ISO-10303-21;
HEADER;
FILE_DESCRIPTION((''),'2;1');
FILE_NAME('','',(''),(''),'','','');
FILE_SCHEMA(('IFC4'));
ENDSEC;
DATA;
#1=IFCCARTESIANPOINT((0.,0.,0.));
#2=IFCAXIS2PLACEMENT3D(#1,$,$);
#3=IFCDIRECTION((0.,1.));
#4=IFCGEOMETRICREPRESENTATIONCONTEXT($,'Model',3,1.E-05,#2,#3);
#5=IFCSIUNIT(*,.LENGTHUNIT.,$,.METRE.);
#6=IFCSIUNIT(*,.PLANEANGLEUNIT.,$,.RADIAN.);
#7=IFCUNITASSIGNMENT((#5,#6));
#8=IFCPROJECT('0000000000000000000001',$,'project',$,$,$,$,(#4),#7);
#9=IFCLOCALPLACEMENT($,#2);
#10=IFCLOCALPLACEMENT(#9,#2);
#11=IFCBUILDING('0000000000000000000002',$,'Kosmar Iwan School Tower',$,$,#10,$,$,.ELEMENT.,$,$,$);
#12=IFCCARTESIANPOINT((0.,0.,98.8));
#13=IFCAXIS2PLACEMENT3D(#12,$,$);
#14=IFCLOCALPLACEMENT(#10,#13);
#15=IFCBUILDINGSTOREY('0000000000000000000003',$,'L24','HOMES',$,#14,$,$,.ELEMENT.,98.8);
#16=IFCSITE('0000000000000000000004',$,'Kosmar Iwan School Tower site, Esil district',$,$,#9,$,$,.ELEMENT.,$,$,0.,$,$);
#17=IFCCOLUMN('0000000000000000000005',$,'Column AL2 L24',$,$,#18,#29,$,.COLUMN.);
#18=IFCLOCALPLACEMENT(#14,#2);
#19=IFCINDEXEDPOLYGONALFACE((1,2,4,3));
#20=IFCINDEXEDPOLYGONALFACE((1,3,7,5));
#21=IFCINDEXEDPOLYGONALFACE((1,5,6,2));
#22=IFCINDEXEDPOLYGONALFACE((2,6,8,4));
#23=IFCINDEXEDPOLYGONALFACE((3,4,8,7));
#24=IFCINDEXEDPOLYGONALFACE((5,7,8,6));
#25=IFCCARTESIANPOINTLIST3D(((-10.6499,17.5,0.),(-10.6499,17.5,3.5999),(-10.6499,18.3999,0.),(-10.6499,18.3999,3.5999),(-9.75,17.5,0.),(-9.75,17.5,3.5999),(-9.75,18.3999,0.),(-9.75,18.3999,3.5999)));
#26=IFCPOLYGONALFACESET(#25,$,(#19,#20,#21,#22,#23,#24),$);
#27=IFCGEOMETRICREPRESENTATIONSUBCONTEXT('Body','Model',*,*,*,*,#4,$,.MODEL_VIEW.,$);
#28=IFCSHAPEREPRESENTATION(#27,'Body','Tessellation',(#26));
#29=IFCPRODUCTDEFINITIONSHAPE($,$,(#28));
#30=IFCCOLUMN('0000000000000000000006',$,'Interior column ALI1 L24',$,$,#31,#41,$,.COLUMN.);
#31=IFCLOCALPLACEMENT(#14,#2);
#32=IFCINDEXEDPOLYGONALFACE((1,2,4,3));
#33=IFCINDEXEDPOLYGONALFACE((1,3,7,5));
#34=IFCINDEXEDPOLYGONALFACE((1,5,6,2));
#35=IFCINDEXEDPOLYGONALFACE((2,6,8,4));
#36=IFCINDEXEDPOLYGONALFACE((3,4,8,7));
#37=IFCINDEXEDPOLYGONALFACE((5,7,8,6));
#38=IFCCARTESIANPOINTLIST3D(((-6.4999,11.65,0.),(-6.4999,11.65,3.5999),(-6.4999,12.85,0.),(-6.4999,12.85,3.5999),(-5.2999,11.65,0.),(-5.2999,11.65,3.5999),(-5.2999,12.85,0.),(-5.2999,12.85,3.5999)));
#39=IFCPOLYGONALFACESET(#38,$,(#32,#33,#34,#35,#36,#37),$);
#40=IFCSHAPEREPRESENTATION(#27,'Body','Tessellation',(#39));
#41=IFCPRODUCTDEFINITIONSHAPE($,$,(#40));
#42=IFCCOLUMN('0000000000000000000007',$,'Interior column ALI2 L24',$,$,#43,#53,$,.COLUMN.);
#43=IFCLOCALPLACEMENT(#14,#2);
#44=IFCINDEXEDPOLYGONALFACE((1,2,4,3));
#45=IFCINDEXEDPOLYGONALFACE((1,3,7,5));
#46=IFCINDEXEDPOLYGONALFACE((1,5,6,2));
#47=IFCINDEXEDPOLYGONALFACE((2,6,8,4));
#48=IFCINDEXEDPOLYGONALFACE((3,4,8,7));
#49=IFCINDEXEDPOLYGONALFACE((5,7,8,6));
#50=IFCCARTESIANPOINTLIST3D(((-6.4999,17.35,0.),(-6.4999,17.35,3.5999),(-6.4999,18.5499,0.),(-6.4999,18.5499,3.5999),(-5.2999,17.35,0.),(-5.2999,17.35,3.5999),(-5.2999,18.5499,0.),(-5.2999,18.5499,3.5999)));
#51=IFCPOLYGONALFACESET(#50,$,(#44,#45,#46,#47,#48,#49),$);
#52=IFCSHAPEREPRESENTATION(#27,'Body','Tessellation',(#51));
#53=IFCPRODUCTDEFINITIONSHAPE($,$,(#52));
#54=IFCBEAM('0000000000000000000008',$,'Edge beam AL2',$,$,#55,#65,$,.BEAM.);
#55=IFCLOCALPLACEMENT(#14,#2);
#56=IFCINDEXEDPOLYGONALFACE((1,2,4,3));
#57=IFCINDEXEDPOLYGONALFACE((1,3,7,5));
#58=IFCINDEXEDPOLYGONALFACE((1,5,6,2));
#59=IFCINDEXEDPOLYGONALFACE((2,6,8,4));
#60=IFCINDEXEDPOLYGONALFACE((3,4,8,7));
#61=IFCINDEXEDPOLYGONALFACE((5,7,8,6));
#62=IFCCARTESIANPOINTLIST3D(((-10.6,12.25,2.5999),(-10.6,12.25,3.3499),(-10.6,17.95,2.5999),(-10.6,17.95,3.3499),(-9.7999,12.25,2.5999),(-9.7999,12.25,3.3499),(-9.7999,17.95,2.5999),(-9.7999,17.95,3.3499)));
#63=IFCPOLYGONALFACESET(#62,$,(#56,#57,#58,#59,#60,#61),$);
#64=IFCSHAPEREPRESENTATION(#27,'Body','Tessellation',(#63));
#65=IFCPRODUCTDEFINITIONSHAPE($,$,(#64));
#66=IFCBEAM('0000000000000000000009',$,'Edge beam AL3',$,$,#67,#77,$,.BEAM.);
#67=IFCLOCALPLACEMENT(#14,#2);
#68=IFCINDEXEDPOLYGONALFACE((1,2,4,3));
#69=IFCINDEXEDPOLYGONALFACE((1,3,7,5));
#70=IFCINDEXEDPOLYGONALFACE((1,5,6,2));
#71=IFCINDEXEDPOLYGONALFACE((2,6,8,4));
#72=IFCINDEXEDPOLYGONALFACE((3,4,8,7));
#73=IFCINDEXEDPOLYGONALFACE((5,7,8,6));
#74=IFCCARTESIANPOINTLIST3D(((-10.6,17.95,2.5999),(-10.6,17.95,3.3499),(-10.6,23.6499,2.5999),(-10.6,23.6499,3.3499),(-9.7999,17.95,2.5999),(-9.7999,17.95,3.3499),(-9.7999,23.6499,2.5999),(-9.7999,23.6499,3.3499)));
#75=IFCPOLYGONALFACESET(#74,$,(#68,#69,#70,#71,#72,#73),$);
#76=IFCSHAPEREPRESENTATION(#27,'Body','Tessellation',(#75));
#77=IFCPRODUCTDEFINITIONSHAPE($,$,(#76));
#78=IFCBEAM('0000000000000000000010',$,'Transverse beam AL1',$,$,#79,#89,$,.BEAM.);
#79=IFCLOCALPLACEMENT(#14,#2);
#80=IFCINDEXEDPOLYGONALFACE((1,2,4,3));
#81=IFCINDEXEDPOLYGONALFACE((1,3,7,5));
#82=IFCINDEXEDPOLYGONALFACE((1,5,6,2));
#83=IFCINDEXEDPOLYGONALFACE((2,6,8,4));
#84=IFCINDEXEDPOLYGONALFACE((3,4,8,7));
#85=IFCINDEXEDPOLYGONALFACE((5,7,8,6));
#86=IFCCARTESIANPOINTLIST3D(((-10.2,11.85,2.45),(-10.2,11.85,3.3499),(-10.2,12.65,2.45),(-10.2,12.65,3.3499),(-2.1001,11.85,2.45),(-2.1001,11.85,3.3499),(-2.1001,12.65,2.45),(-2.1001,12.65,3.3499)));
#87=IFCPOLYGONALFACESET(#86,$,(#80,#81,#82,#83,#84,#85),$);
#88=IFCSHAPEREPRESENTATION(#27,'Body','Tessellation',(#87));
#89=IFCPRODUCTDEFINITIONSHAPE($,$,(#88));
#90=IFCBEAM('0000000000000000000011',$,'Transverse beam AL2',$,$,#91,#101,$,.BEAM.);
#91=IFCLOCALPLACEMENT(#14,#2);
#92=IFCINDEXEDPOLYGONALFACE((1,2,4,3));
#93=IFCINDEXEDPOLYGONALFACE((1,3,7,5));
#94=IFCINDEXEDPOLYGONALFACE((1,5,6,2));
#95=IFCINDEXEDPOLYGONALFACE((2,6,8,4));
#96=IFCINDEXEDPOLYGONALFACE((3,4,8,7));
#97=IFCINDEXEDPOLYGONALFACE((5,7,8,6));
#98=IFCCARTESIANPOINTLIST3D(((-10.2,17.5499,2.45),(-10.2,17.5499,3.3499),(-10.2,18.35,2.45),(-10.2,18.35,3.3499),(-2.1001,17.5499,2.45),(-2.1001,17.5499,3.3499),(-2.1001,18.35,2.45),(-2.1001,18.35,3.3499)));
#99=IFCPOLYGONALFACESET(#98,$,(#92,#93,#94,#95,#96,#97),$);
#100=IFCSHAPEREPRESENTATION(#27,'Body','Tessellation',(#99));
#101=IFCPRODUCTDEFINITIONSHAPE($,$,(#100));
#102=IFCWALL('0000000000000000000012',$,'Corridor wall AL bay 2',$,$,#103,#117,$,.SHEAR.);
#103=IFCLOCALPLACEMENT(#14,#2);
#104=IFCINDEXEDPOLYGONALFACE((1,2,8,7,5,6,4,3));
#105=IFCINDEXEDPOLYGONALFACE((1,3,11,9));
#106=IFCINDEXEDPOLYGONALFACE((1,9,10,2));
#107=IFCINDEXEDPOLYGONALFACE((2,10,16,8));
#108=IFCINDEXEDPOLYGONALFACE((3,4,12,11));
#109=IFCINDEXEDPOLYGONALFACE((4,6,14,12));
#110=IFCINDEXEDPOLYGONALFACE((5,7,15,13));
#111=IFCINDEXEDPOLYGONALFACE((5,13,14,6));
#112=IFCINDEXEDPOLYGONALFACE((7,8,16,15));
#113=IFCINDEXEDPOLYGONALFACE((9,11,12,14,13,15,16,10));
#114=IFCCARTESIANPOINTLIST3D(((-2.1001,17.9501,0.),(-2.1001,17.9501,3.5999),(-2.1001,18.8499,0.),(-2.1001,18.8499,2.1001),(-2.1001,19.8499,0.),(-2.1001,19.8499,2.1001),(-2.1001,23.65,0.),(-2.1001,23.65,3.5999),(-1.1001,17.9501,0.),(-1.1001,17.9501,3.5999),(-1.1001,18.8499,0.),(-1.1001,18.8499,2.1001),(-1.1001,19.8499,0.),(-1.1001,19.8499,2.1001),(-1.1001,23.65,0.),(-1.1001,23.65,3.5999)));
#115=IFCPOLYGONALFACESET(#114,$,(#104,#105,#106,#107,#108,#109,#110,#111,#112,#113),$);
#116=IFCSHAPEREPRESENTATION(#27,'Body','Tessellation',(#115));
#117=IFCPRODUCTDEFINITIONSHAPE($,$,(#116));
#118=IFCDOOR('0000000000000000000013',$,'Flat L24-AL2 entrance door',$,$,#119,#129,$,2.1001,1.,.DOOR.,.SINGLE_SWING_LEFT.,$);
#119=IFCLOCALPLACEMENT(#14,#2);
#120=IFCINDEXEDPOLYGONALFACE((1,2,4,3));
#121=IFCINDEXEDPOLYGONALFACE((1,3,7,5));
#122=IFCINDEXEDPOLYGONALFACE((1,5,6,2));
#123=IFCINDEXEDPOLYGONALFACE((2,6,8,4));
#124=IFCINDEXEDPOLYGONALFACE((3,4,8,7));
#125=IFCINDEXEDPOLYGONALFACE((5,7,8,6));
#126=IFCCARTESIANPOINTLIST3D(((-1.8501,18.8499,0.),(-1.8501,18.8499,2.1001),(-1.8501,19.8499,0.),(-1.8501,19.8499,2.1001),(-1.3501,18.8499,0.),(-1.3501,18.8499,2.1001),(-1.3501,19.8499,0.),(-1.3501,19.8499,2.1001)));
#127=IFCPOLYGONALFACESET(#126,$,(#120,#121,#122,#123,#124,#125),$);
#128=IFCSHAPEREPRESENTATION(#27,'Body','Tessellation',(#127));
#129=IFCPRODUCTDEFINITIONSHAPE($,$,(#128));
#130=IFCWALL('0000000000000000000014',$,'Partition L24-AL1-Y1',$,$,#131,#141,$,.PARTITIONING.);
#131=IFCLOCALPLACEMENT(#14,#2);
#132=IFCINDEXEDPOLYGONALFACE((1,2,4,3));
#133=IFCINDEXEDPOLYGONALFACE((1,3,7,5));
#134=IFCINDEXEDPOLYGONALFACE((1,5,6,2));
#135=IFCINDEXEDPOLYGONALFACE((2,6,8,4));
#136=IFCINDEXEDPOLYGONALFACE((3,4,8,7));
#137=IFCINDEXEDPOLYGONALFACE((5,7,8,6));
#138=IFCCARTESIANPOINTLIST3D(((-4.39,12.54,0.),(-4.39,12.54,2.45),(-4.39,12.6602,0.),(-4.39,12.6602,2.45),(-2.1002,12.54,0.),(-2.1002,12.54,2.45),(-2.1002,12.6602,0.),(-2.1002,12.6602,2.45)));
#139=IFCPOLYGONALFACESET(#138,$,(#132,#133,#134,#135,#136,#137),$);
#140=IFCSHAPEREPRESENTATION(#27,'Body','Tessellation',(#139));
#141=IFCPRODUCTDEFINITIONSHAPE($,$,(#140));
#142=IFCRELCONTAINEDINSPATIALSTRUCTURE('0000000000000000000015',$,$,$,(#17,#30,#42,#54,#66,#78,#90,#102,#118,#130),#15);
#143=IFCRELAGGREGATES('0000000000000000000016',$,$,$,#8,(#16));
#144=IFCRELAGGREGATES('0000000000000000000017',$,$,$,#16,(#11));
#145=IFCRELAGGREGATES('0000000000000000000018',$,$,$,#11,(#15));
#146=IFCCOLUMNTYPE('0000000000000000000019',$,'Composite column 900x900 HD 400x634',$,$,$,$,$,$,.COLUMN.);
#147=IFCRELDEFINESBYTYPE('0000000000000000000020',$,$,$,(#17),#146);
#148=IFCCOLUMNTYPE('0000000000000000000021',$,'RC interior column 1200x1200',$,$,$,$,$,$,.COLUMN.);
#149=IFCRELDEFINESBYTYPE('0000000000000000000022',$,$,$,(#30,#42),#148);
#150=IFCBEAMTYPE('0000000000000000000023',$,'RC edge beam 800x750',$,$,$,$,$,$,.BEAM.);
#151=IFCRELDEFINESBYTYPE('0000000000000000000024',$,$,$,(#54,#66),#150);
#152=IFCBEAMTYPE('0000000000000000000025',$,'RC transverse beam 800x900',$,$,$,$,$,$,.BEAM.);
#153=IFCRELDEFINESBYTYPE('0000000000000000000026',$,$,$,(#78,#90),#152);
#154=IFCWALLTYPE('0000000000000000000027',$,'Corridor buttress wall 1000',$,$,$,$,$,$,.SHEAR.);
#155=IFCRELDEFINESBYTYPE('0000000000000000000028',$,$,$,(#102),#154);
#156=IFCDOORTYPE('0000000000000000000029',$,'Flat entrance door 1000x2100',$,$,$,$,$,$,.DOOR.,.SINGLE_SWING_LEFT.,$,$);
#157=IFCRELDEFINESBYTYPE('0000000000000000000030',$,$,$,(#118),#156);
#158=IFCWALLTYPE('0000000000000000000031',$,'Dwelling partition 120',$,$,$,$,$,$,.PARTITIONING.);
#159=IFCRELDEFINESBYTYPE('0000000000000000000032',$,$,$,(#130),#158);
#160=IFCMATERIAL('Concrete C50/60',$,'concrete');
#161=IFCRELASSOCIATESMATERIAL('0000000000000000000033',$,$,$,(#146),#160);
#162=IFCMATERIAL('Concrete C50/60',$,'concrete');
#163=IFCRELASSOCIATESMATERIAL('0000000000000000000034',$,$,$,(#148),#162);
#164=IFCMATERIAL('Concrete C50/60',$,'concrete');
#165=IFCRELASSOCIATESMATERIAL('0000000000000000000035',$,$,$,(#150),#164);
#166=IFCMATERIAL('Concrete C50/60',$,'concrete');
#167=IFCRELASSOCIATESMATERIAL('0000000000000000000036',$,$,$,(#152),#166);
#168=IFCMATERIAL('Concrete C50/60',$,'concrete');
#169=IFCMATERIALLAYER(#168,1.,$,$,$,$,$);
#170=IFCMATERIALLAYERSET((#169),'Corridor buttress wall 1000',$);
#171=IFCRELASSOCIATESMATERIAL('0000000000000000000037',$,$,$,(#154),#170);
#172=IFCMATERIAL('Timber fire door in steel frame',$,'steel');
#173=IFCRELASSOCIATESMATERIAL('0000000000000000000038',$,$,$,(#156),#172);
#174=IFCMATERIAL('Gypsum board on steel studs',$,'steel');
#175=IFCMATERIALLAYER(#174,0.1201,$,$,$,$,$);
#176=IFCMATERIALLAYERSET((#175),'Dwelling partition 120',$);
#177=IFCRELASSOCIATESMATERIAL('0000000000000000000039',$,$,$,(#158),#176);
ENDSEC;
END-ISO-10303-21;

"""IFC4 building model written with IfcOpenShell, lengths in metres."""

from ifc_helpers import new_model, si_unit, direction, frame, frame_2d, origin, origin_2d, place, context, subcontext, project, spatial, rectangle, extrude, material, layer, layer_set, material_profile, profile_set, type_object, element, fill, save


model = new_model("IFC4")

# Units and contexts
model_context = context("Model", 3, precision=1e-05, world=origin(), true_north=direction((0.0, 1.0)))
body_context = subcontext(model_context, "Body", "Model", "MODEL_VIEW")
ifc_project = project(units=[si_unit("LENGTHUNIT", "METRE"), si_unit("PLANEANGLEUNIT", "RADIAN")], contexts=[model_context])

# Site, building, storey
site_placement = place(None, origin())
site = spatial("IfcSite", under=ifc_project, at=site_placement, Name="Kosmar Iwan School Tower site, Esil district", CompositionType="ELEMENT", RefElevation=0.0)
building_placement = place(site_placement, origin())
building = spatial("IfcBuilding", under=site, at=building_placement, Name="Kosmar Iwan School Tower", CompositionType="ELEMENT")
storey_placement = place(building_placement, frame((0.0, 0.0, 98.8)))
storey = spatial("IfcBuildingStorey", under=building, at=storey_placement, Name="L24", Description="HOMES", CompositionType="ELEMENT", Elevation=98.8)

# Columns
ifc_material_1 = material(Name="Concrete C50/60", Category="concrete")
ifc_material_profile_1 = material_profile(ifc_material_1, rectangle(XDim=0.8999, YDim=0.8999, at=origin_2d()), Name="RC 900x900 + HD 400x634")
ifc_profile_set_1 = profile_set([ifc_material_profile_1], Name="Concrete C50/60")
column_type_1 = type_object("IfcColumnType", Name="Composite column 900x900 HD 400x634", PredefinedType="COLUMN", material=ifc_profile_set_1)
column_placement = place(storey_placement, frame((-10.2, 17.95, 0.0), z_axis=(0.0, 0.0, 1.0), x_axis=(0.0, 1.0, 0.0)))
element("IfcColumn", 1, at=column_placement, inside=storey, type_object=column_type_1, Name="Column AL2 L24", PredefinedType="COLUMN", context=body_context, shape_type="SweptSolid", body=[
    extrude(rectangle(XDim=0.8999, YDim=0.8999, at=origin_2d()), origin(), (0.0, 0.0, 1.0), 3.5999),
])
ifc_material_2 = material(Name="Concrete C50/60", Category="concrete")
ifc_material_profile_2 = material_profile(ifc_material_2, rectangle(XDim=1.2, YDim=1.2, at=origin_2d()), Name="RC 1200x1200")
ifc_profile_set_2 = profile_set([ifc_material_profile_2], Name="Concrete C50/60")
column_type_2 = type_object("IfcColumnType", Name="RC interior column 1200x1200", PredefinedType="COLUMN", material=ifc_profile_set_2)
for number, where, z_axis, x_axis, name in (
    (2, (-5.8999, 12.25, 0.0), (0.0, 0.0, 1.0), (0.0, 1.0, 0.0), "Interior column ALI1 L24"),
    (3, (-5.8999, 17.95, 0.0), (0.0, 0.0, 1.0), (0.0, 1.0, 0.0), "Interior column ALI2 L24"),
):
    element("IfcColumn", number, at=place(storey_placement, frame(where, z_axis=z_axis, x_axis=x_axis)), inside=storey, type_object=column_type_2, Name=name, PredefinedType="COLUMN", context=body_context, shape_type="SweptSolid", body=[
        extrude(rectangle(XDim=1.2, YDim=1.2, at=origin_2d()), origin(), (0.0, 0.0, 1.0), 3.5999),
    ])

# Beams
ifc_material_3 = material(Name="Concrete C50/60", Category="concrete")
ifc_material_profile_3 = material_profile(ifc_material_3, rectangle(XDim=0.8, YDim=0.75, at=origin_2d()), Name="RC 800x750")
ifc_profile_set_3 = profile_set([ifc_material_profile_3], Name="Concrete C50/60")
beam_type_1 = type_object("IfcBeamType", Name="RC edge beam 800x750", PredefinedType="BEAM", material=ifc_profile_set_3)
for number, where, z_axis, x_axis, name in (
    (4, (-10.2, 12.25, 2.9749), (0.0, 1.0, 0.0), (-1.0, 0.0, 0.0), "Edge beam AL2"),
    (5, (-10.2, 17.95, 2.9749), (0.0, 1.0, 0.0), (-1.0, 0.0, 0.0), "Edge beam AL3"),
):
    element("IfcBeam", number, at=place(storey_placement, frame(where, z_axis=z_axis, x_axis=x_axis)), inside=storey, type_object=beam_type_1, Name=name, PredefinedType="BEAM", context=body_context, shape_type="SweptSolid", body=[
        extrude(rectangle(XDim=0.8, YDim=0.75, at=origin_2d()), origin(), (0.0, 0.0, 1.0), 5.7),
    ])
ifc_material_4 = material(Name="Concrete C50/60", Category="concrete")
ifc_material_profile_4 = material_profile(ifc_material_4, rectangle(XDim=0.8, YDim=0.8999, at=origin_2d()), Name="RC 800x900")
ifc_profile_set_4 = profile_set([ifc_material_profile_4], Name="Concrete C50/60")
beam_type_2 = type_object("IfcBeamType", Name="RC transverse beam 800x900", PredefinedType="BEAM", material=ifc_profile_set_4)
for number, where, z_axis, x_axis, name in (
    (6, (-10.2, 12.25, 2.8999), (1.0, 0.0, 0.0), (0.0, 1.0, 0.0), "Transverse beam AL1"),
    (7, (-10.2, 17.95, 2.8999), (1.0, 0.0, 0.0), (0.0, 1.0, 0.0), "Transverse beam AL2"),
):
    element("IfcBeam", number, at=place(storey_placement, frame(where, z_axis=z_axis, x_axis=x_axis)), inside=storey, type_object=beam_type_2, Name=name, PredefinedType="BEAM", context=body_context, shape_type="SweptSolid", body=[
        extrude(rectangle(XDim=0.8, YDim=0.8999, at=origin_2d()), origin(), (0.0, 0.0, 1.0), 8.0999),
    ])

# Wall, opening, door
ifc_material_5 = material(Name="Concrete C50/60", Category="concrete")
ifc_layer_1 = layer(ifc_material_5, 1.0)
ifc_layer_set_1 = layer_set([ifc_layer_1], Name="Corridor buttress wall 1000")
wall_type_1 = type_object("IfcWallType", Name="Corridor buttress wall 1000", PredefinedType="SHEAR", material=ifc_layer_set_1)
wall_1_placement = place(storey_placement, frame((-1.6001, 17.95, 0.0), z_axis=(0.0, 0.0, 1.0), x_axis=(0.0, 1.0, 0.0)))
wall_1 = element("IfcWall", 8, at=wall_1_placement, inside=storey, type_object=wall_type_1, Name="Corridor wall AL bay 2", PredefinedType="SHEAR", context=body_context, shape_type="SweptSolid", body=[
    extrude(rectangle(XDim=5.7, YDim=1.0, at=frame_2d((2.8501, 0.0))), origin(), (0.0, 0.0, 1.0), 3.5999),
])
opening_1_placement = place(wall_1_placement, frame((0.8999, 0.0, 0.0)))
opening_1 = element("IfcOpeningElement", 9, at=opening_1_placement, cuts=wall_1, PredefinedType="OPENING", context=body_context, shape_type="SweptSolid", body=[
    extrude(rectangle(XDim=1.0, YDim=2.1001, at=frame_2d((0.5, 1.05))), frame((0.0, 0.512, 0.0), z_axis=(0.0, -1.0, 0.0), x_axis=(1.0, 0.0, 0.0)), (0.0, 0.0, 1.0), 1.0239),
])
ifc_material_6 = material(Name="Timber fire door in steel frame", Category="steel")
door_type_1 = type_object("IfcDoorType", Name="Flat entrance door 1000x2100", OperationType="SINGLE_SWING_LEFT", PredefinedType="DOOR", material=ifc_material_6)
door_1_placement = place(opening_1_placement, origin())
door_1 = element("IfcDoor", 10, at=door_1_placement, inside=storey, type_object=door_type_1, Name="Flat L24-AL2 entrance door", OperationType="SINGLE_SWING_LEFT", OverallHeight=2.1001, OverallWidth=1.0, PredefinedType="DOOR", context=body_context, shape_type="SweptSolid", body=[
    extrude(rectangle(XDim=1.0, YDim=2.1001, at=frame_2d((0.5, 1.05))), frame((0.0, 0.25, 0.0), z_axis=(0.0, -1.0, 0.0), x_axis=(1.0, 0.0, 0.0)), (0.0, 0.0, 1.0), 0.5),
])
fill(opening_1, door_1)

# Wall
ifc_material_7 = material(Name="Gypsum board on steel studs", Category="steel")
ifc_layer_2 = layer(ifc_material_7, 0.1201)
ifc_layer_set_2 = layer_set([ifc_layer_2], Name="Dwelling partition 120")
wall_type_2 = type_object("IfcWallType", Name="Dwelling partition 120", PredefinedType="PARTITIONING", material=ifc_layer_set_2)
wall_2_placement = place(storey_placement, frame((-2.1001, 12.6001, 0.0), z_axis=(0.0, 0.0, 1.0), x_axis=(-1.0, 0.0, 0.0)))
element("IfcWall", 11, at=wall_2_placement, inside=storey, type_object=wall_type_2, Name="Partition L24-AL1-Y1", PredefinedType="PARTITIONING", context=body_context, shape_type="SweptSolid", body=[
    extrude(rectangle(XDim=2.2898, YDim=0.1201, at=frame_2d((1.145, 0.0))), origin(), (0.0, 0.0, 1.0), 2.45),
])

save(model, "model.ifc")
